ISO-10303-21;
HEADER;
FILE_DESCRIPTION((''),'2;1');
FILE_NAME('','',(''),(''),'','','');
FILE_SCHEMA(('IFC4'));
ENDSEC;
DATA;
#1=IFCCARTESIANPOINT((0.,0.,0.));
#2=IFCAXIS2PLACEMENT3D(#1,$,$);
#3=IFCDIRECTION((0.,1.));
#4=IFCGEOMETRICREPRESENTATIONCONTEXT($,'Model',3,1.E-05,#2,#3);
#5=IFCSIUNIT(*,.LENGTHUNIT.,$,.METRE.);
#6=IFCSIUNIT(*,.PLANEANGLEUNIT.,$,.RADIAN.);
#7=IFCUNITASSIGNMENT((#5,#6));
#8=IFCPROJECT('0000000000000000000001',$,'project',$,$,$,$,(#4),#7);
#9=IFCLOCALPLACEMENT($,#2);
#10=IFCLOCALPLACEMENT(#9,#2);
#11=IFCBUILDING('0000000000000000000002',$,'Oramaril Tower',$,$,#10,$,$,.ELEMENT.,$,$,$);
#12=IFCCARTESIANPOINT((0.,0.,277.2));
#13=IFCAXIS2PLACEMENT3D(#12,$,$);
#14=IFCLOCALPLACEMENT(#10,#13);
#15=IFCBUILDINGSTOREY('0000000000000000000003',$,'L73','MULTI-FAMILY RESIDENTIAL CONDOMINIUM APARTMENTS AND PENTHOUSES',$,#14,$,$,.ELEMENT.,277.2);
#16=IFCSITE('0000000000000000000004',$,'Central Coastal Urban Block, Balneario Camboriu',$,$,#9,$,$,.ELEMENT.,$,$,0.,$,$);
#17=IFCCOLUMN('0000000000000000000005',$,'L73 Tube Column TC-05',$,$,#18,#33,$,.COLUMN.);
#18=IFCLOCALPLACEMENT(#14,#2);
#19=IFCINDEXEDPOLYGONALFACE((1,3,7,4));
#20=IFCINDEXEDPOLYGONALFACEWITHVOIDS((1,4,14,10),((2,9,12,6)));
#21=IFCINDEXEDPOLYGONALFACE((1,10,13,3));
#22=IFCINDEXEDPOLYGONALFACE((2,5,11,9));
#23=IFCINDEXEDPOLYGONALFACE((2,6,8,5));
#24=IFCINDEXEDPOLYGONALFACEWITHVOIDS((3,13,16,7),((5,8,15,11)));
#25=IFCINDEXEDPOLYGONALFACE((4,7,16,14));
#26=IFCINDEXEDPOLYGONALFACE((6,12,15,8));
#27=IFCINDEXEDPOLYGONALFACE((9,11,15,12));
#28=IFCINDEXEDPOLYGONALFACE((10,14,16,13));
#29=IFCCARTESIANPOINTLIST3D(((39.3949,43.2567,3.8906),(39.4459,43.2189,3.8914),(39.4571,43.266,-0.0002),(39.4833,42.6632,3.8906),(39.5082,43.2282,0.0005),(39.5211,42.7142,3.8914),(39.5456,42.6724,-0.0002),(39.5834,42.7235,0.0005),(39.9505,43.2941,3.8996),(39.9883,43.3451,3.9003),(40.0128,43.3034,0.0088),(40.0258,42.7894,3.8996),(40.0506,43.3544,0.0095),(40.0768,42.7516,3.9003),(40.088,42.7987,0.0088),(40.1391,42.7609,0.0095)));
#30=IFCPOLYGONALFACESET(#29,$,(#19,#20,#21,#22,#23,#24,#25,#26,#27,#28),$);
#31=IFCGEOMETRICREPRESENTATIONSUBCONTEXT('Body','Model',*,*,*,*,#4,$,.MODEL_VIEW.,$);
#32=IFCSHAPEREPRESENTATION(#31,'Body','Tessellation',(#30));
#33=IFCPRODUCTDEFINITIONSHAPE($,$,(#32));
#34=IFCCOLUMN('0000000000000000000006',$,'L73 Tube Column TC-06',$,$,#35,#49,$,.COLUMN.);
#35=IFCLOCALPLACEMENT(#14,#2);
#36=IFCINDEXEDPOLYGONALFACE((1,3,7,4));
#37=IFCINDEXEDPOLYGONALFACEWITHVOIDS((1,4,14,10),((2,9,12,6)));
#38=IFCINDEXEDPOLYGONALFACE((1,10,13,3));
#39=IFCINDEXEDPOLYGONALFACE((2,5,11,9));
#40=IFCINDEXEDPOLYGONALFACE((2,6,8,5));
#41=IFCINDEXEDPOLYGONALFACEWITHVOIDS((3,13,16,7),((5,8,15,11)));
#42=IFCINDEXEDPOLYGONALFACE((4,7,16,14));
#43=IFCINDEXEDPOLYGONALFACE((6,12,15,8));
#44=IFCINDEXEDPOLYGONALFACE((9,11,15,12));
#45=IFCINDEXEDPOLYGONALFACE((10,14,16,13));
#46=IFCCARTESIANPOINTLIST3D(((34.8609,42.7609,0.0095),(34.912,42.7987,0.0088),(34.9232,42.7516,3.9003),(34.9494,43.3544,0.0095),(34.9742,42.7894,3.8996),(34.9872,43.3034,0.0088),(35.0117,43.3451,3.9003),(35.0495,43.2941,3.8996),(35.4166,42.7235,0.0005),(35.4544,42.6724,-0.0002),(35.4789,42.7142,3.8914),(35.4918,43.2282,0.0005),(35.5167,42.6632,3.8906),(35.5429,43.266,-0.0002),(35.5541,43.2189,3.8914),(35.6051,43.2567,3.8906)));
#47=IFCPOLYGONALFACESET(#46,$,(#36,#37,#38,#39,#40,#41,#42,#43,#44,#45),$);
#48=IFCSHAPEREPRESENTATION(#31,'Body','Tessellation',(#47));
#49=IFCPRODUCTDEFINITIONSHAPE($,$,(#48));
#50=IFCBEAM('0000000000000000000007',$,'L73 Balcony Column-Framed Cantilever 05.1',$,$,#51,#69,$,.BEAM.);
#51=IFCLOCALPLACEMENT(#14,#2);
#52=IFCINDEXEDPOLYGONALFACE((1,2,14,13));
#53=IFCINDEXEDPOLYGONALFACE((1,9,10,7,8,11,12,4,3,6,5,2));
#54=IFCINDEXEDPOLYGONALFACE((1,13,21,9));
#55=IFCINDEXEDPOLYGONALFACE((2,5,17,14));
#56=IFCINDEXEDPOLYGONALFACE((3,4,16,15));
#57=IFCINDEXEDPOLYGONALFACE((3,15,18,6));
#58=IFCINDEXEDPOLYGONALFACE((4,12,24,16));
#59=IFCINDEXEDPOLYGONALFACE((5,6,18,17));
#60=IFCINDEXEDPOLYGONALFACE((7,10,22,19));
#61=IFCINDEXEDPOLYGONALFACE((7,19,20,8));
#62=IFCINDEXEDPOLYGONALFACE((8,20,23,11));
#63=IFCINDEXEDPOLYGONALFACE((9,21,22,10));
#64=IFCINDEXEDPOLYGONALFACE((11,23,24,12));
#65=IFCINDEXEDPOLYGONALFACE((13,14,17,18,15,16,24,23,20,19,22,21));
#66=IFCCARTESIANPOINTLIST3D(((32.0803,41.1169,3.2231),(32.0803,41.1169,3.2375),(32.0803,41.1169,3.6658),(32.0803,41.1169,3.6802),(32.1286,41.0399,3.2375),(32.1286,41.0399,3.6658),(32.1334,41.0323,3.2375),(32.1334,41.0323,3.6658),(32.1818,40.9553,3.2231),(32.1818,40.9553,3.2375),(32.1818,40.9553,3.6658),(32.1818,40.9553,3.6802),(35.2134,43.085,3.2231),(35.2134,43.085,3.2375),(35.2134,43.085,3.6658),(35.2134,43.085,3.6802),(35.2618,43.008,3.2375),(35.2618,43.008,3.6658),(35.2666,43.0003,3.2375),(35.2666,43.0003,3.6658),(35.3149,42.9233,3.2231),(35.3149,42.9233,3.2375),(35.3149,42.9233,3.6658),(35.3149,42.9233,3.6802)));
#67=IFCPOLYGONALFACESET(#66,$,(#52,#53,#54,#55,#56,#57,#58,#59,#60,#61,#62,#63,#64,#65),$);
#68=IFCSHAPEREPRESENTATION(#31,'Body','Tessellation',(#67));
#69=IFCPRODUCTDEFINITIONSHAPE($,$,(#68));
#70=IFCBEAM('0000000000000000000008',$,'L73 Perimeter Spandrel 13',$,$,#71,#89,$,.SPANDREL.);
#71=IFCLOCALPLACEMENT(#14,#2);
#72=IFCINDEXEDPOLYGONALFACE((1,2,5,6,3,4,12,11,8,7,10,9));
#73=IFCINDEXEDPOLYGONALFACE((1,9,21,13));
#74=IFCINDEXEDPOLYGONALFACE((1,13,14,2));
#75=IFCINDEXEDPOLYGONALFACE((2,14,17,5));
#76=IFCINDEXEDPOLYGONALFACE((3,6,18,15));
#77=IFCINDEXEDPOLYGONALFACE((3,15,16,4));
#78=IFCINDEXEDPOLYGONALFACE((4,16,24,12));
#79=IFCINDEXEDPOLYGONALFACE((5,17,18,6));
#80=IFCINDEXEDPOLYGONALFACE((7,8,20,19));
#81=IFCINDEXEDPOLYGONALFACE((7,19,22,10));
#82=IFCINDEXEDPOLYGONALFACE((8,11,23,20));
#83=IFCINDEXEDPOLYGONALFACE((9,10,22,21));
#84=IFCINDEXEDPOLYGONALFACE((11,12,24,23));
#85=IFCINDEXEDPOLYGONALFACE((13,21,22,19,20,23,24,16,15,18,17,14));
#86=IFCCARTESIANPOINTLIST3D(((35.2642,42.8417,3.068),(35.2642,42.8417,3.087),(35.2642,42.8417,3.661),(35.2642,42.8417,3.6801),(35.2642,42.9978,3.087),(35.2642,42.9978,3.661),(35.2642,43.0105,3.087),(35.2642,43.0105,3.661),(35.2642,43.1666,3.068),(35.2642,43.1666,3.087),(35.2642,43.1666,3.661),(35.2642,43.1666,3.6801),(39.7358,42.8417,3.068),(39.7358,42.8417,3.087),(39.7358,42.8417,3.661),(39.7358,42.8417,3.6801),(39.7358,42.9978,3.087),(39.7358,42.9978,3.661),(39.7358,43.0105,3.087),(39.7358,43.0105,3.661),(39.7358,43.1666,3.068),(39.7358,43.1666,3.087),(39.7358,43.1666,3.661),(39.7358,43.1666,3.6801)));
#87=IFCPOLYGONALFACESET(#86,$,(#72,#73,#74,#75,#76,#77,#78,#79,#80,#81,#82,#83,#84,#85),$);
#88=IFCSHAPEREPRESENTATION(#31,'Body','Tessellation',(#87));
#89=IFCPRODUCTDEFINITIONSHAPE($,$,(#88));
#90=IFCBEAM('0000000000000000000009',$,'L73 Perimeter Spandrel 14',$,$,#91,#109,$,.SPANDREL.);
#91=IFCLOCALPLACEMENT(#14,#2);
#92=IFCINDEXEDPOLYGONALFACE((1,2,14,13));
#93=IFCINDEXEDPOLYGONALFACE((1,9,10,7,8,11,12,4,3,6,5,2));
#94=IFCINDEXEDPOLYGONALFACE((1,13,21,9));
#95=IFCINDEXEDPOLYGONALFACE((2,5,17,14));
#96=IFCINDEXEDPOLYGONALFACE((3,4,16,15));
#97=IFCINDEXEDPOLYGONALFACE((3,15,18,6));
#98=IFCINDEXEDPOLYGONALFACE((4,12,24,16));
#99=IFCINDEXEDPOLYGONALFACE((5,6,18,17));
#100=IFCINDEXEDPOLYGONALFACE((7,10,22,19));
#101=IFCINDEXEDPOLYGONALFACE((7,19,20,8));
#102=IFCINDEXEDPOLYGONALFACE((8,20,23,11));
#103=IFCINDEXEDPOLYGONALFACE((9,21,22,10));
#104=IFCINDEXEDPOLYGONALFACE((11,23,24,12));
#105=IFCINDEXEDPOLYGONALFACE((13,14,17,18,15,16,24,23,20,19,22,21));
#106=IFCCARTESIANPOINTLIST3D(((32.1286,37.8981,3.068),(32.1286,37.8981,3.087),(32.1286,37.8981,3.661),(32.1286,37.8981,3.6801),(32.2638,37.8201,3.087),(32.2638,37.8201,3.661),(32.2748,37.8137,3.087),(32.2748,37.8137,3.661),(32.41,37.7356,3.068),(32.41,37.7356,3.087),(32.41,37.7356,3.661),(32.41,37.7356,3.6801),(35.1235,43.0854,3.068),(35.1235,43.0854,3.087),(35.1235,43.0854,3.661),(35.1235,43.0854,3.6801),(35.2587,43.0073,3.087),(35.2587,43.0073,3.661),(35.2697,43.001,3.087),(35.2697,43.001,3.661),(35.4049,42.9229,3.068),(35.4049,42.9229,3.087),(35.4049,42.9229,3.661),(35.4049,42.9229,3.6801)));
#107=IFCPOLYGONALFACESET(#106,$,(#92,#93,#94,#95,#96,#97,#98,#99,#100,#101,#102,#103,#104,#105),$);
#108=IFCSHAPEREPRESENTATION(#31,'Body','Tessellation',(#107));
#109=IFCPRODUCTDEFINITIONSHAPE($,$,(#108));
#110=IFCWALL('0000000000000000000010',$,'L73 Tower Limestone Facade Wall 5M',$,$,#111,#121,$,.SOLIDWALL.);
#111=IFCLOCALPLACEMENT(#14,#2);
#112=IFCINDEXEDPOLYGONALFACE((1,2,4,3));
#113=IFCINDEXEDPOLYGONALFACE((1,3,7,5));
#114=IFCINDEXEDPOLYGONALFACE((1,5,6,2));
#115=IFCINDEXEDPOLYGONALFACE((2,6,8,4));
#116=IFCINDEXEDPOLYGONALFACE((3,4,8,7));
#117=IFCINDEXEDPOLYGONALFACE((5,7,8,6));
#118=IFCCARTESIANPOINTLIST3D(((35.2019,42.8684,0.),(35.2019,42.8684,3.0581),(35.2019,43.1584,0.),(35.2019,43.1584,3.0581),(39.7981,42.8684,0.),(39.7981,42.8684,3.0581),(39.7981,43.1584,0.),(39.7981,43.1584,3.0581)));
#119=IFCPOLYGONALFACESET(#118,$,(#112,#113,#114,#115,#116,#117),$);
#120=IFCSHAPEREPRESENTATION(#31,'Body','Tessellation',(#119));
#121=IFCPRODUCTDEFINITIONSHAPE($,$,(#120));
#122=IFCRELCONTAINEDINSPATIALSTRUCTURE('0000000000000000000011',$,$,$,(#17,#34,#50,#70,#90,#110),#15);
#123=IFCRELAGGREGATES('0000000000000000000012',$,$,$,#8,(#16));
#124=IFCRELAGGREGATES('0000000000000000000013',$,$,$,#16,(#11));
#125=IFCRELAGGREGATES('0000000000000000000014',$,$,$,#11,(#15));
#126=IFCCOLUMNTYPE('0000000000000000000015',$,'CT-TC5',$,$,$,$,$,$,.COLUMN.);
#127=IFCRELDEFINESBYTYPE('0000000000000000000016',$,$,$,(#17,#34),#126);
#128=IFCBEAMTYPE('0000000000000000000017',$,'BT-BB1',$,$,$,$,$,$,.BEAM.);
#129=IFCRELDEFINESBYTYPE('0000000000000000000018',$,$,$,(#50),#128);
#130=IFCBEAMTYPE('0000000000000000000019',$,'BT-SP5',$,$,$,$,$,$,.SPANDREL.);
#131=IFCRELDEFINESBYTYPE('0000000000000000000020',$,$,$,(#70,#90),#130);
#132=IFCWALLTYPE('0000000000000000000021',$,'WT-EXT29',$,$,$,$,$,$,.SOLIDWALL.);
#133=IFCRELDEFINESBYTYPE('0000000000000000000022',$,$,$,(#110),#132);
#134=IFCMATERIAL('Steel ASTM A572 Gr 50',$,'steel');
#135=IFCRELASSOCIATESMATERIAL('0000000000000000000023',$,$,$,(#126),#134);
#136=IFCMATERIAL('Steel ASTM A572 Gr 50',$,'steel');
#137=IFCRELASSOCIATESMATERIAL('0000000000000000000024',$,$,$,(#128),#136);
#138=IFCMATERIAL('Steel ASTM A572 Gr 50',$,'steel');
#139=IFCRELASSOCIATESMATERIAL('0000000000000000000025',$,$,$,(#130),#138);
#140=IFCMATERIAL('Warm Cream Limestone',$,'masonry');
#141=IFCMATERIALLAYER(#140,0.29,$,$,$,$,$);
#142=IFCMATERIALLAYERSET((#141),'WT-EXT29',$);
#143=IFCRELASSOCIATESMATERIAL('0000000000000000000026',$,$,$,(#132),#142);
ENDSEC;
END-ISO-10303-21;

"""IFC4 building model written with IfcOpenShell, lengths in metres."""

from ifc_helpers import new_model, si_unit, direction, frame, frame_2d, origin, origin_2d, place, context, subcontext, project, spatial, rectangle, hollow_rectangle, i_section, extrude, material, layer, layer_set, material_profile, profile_set, type_object, element, save


model = new_model("IFC4")

# Units and contexts
model_context = context("Model", 3, precision=1e-05, world=origin(), true_north=direction((0.0, 1.0)))
body_context = subcontext(model_context, "Body", "Model", "MODEL_VIEW")
ifc_project = project(units=[si_unit("LENGTHUNIT", "METRE"), si_unit("PLANEANGLEUNIT", "RADIAN")], contexts=[model_context])

# Site, building, storey
site_placement = place(None, origin())
site = spatial("IfcSite", under=ifc_project, at=site_placement, Name="Central Coastal Urban Block, Balneario Camboriu", CompositionType="ELEMENT", RefElevation=0.0)
building_placement = place(site_placement, origin())
building = spatial("IfcBuilding", under=site, at=building_placement, Name="Oramaril Tower", CompositionType="ELEMENT")
storey_placement = place(building_placement, frame((0.0, 0.0, 277.2)))
storey = spatial("IfcBuildingStorey", under=building, at=storey_placement, Name="L73", Description="MULTI-FAMILY RESIDENTIAL CONDOMINIUM APARTMENTS AND PENTHOUSES", CompositionType="ELEMENT", Elevation=277.2)

# Columns
ifc_material_1 = material(Name="Steel ASTM A572 Gr 50", Category="steel")
ifc_material_profile_1 = material_profile(ifc_material_1, hollow_rectangle(XDim=0.6001, YDim=0.6001, WallThickness=0.0449, at=origin_2d()), Name="BOX600X600X45")
ifc_profile_set_1 = profile_set([ifc_material_profile_1], Name="Steel ASTM A572 Gr 50")
column_type = type_object("IfcColumnType", Name="CT-TC5", PredefinedType="COLUMN", material=ifc_profile_set_1)
for number, where, z_axis, x_axis, name in (
    (1, (39.7981, 43.0134, 0.0046), (-0.015998, -0.002384, 0.999869), (0.147392, -0.989078, 0.0), "L73 Tube Column TC-05"),
    (2, (35.2019, 43.0134, 0.0046), (0.015998, -0.002384, 0.999869), (0.147392, 0.989078, 0.0), "L73 Tube Column TC-06"),
):
    element("IfcColumn", number, at=place(storey_placement, frame(where, z_axis=z_axis, x_axis=x_axis)), inside=storey, type_object=column_type, Name=name, PredefinedType="COLUMN", context=body_context, shape_type="SweptSolid", body=[
        extrude(hollow_rectangle(XDim=0.6001, YDim=0.6001, WallThickness=0.0449, at=origin_2d()), origin(), (0.0, 0.0, 1.0), 3.8914),
    ])

# Beams
ifc_material_2 = material(Name="Steel ASTM A572 Gr 50", Category="steel")
ifc_material_profile_2 = material_profile(ifc_material_2, i_section(OverallWidth=0.1909, OverallDepth=0.457, WebThickness=0.009, FlangeThickness=0.0144, at=origin_2d()), Name="W18X50")
ifc_profile_set_2 = profile_set([ifc_material_profile_2], Name="Steel ASTM A572 Gr 50")
beam_type_1 = type_object("IfcBeamType", Name="BT-BB1", PredefinedType="BEAM", material=ifc_profile_set_2)
beam_1_placement = place(storey_placement, frame((35.2642, 43.0042, 3.4517), z_axis=(-0.846799, -0.531913, 0.0), x_axis=(0.531913, -0.846799, 0.0)))
element("IfcBeam", 3, at=beam_1_placement, inside=storey, type_object=beam_type_1, Name="L73 Balcony Column-Framed Cantilever 05.1", PredefinedType="BEAM", context=body_context, shape_type="SweptSolid", body=[
    extrude(i_section(OverallWidth=0.1909, OverallDepth=0.457, WebThickness=0.009, FlangeThickness=0.0144, at=origin_2d()), origin(), (0.0, 0.0, 1.0), 3.7),
])
ifc_material_3 = material(Name="Steel ASTM A572 Gr 50", Category="steel")
ifc_material_profile_3 = material_profile(ifc_material_3, i_section(OverallWidth=0.325, OverallDepth=0.6121, WebThickness=0.0127, FlangeThickness=0.019, at=origin_2d()), Name="W24X104")
ifc_profile_set_3 = profile_set([ifc_material_profile_3], Name="Steel ASTM A572 Gr 50")
beam_type_2 = type_object("IfcBeamType", Name="BT-SP5", PredefinedType="SPANDREL", material=ifc_profile_set_3)
beam_2_placement = place(storey_placement, frame((39.7358, 43.0042, 3.374), z_axis=(-1.0, 0.0, 0.0), x_axis=(0.0, -1.0, 0.0)))
element("IfcBeam", 4, at=beam_2_placement, inside=storey, type_object=beam_type_2, Name="L73 Perimeter Spandrel 13", PredefinedType="SPANDREL", context=body_context, shape_type="SweptSolid", body=[
    extrude(i_section(OverallWidth=0.325, OverallDepth=0.6121, WebThickness=0.0127, FlangeThickness=0.019, at=origin_2d()), origin(), (0.0, 0.0, 1.0), 4.4717),
])
beam_3_placement = place(storey_placement, frame((35.2642, 43.0042, 3.374), z_axis=(-0.500001, -0.866025, 0.0), x_axis=(0.866025, -0.500001, 0.0)))
element("IfcBeam", 5, at=beam_3_placement, inside=storey, type_object=beam_type_2, Name="L73 Perimeter Spandrel 14", PredefinedType="SPANDREL", context=body_context, shape_type="SweptSolid", body=[
    extrude(i_section(OverallWidth=0.325, OverallDepth=0.6121, WebThickness=0.0127, FlangeThickness=0.019, at=origin_2d()), origin(), (0.0, 0.0, 1.0), 5.9897),
])

# Wall
ifc_material_4 = material(Name="Warm Cream Limestone", Category="masonry")
ifc_layer_1 = layer(ifc_material_4, 0.29)
ifc_layer_set_1 = layer_set([ifc_layer_1], Name="WT-EXT29")
wall_type_1 = type_object("IfcWallType", Name="WT-EXT29", PredefinedType="SOLIDWALL", material=ifc_layer_set_1)
wall_1_placement = place(storey_placement, frame((39.7981, 43.0134, 0.0), z_axis=(0.0, 0.0, 1.0), x_axis=(-1.0, 0.0, 0.0)))
element("IfcWall", 6, at=wall_1_placement, inside=storey, type_object=wall_type_1, Name="L73 Tower Limestone Facade Wall 5M", PredefinedType="SOLIDWALL", context=body_context, shape_type="SweptSolid", body=[
    extrude(rectangle(XDim=4.5962, YDim=0.29, at=frame_2d((2.2981, 0.0))), origin(), (0.0, 0.0, 1.0), 3.0581),
])

save(model, "model.ifc")
